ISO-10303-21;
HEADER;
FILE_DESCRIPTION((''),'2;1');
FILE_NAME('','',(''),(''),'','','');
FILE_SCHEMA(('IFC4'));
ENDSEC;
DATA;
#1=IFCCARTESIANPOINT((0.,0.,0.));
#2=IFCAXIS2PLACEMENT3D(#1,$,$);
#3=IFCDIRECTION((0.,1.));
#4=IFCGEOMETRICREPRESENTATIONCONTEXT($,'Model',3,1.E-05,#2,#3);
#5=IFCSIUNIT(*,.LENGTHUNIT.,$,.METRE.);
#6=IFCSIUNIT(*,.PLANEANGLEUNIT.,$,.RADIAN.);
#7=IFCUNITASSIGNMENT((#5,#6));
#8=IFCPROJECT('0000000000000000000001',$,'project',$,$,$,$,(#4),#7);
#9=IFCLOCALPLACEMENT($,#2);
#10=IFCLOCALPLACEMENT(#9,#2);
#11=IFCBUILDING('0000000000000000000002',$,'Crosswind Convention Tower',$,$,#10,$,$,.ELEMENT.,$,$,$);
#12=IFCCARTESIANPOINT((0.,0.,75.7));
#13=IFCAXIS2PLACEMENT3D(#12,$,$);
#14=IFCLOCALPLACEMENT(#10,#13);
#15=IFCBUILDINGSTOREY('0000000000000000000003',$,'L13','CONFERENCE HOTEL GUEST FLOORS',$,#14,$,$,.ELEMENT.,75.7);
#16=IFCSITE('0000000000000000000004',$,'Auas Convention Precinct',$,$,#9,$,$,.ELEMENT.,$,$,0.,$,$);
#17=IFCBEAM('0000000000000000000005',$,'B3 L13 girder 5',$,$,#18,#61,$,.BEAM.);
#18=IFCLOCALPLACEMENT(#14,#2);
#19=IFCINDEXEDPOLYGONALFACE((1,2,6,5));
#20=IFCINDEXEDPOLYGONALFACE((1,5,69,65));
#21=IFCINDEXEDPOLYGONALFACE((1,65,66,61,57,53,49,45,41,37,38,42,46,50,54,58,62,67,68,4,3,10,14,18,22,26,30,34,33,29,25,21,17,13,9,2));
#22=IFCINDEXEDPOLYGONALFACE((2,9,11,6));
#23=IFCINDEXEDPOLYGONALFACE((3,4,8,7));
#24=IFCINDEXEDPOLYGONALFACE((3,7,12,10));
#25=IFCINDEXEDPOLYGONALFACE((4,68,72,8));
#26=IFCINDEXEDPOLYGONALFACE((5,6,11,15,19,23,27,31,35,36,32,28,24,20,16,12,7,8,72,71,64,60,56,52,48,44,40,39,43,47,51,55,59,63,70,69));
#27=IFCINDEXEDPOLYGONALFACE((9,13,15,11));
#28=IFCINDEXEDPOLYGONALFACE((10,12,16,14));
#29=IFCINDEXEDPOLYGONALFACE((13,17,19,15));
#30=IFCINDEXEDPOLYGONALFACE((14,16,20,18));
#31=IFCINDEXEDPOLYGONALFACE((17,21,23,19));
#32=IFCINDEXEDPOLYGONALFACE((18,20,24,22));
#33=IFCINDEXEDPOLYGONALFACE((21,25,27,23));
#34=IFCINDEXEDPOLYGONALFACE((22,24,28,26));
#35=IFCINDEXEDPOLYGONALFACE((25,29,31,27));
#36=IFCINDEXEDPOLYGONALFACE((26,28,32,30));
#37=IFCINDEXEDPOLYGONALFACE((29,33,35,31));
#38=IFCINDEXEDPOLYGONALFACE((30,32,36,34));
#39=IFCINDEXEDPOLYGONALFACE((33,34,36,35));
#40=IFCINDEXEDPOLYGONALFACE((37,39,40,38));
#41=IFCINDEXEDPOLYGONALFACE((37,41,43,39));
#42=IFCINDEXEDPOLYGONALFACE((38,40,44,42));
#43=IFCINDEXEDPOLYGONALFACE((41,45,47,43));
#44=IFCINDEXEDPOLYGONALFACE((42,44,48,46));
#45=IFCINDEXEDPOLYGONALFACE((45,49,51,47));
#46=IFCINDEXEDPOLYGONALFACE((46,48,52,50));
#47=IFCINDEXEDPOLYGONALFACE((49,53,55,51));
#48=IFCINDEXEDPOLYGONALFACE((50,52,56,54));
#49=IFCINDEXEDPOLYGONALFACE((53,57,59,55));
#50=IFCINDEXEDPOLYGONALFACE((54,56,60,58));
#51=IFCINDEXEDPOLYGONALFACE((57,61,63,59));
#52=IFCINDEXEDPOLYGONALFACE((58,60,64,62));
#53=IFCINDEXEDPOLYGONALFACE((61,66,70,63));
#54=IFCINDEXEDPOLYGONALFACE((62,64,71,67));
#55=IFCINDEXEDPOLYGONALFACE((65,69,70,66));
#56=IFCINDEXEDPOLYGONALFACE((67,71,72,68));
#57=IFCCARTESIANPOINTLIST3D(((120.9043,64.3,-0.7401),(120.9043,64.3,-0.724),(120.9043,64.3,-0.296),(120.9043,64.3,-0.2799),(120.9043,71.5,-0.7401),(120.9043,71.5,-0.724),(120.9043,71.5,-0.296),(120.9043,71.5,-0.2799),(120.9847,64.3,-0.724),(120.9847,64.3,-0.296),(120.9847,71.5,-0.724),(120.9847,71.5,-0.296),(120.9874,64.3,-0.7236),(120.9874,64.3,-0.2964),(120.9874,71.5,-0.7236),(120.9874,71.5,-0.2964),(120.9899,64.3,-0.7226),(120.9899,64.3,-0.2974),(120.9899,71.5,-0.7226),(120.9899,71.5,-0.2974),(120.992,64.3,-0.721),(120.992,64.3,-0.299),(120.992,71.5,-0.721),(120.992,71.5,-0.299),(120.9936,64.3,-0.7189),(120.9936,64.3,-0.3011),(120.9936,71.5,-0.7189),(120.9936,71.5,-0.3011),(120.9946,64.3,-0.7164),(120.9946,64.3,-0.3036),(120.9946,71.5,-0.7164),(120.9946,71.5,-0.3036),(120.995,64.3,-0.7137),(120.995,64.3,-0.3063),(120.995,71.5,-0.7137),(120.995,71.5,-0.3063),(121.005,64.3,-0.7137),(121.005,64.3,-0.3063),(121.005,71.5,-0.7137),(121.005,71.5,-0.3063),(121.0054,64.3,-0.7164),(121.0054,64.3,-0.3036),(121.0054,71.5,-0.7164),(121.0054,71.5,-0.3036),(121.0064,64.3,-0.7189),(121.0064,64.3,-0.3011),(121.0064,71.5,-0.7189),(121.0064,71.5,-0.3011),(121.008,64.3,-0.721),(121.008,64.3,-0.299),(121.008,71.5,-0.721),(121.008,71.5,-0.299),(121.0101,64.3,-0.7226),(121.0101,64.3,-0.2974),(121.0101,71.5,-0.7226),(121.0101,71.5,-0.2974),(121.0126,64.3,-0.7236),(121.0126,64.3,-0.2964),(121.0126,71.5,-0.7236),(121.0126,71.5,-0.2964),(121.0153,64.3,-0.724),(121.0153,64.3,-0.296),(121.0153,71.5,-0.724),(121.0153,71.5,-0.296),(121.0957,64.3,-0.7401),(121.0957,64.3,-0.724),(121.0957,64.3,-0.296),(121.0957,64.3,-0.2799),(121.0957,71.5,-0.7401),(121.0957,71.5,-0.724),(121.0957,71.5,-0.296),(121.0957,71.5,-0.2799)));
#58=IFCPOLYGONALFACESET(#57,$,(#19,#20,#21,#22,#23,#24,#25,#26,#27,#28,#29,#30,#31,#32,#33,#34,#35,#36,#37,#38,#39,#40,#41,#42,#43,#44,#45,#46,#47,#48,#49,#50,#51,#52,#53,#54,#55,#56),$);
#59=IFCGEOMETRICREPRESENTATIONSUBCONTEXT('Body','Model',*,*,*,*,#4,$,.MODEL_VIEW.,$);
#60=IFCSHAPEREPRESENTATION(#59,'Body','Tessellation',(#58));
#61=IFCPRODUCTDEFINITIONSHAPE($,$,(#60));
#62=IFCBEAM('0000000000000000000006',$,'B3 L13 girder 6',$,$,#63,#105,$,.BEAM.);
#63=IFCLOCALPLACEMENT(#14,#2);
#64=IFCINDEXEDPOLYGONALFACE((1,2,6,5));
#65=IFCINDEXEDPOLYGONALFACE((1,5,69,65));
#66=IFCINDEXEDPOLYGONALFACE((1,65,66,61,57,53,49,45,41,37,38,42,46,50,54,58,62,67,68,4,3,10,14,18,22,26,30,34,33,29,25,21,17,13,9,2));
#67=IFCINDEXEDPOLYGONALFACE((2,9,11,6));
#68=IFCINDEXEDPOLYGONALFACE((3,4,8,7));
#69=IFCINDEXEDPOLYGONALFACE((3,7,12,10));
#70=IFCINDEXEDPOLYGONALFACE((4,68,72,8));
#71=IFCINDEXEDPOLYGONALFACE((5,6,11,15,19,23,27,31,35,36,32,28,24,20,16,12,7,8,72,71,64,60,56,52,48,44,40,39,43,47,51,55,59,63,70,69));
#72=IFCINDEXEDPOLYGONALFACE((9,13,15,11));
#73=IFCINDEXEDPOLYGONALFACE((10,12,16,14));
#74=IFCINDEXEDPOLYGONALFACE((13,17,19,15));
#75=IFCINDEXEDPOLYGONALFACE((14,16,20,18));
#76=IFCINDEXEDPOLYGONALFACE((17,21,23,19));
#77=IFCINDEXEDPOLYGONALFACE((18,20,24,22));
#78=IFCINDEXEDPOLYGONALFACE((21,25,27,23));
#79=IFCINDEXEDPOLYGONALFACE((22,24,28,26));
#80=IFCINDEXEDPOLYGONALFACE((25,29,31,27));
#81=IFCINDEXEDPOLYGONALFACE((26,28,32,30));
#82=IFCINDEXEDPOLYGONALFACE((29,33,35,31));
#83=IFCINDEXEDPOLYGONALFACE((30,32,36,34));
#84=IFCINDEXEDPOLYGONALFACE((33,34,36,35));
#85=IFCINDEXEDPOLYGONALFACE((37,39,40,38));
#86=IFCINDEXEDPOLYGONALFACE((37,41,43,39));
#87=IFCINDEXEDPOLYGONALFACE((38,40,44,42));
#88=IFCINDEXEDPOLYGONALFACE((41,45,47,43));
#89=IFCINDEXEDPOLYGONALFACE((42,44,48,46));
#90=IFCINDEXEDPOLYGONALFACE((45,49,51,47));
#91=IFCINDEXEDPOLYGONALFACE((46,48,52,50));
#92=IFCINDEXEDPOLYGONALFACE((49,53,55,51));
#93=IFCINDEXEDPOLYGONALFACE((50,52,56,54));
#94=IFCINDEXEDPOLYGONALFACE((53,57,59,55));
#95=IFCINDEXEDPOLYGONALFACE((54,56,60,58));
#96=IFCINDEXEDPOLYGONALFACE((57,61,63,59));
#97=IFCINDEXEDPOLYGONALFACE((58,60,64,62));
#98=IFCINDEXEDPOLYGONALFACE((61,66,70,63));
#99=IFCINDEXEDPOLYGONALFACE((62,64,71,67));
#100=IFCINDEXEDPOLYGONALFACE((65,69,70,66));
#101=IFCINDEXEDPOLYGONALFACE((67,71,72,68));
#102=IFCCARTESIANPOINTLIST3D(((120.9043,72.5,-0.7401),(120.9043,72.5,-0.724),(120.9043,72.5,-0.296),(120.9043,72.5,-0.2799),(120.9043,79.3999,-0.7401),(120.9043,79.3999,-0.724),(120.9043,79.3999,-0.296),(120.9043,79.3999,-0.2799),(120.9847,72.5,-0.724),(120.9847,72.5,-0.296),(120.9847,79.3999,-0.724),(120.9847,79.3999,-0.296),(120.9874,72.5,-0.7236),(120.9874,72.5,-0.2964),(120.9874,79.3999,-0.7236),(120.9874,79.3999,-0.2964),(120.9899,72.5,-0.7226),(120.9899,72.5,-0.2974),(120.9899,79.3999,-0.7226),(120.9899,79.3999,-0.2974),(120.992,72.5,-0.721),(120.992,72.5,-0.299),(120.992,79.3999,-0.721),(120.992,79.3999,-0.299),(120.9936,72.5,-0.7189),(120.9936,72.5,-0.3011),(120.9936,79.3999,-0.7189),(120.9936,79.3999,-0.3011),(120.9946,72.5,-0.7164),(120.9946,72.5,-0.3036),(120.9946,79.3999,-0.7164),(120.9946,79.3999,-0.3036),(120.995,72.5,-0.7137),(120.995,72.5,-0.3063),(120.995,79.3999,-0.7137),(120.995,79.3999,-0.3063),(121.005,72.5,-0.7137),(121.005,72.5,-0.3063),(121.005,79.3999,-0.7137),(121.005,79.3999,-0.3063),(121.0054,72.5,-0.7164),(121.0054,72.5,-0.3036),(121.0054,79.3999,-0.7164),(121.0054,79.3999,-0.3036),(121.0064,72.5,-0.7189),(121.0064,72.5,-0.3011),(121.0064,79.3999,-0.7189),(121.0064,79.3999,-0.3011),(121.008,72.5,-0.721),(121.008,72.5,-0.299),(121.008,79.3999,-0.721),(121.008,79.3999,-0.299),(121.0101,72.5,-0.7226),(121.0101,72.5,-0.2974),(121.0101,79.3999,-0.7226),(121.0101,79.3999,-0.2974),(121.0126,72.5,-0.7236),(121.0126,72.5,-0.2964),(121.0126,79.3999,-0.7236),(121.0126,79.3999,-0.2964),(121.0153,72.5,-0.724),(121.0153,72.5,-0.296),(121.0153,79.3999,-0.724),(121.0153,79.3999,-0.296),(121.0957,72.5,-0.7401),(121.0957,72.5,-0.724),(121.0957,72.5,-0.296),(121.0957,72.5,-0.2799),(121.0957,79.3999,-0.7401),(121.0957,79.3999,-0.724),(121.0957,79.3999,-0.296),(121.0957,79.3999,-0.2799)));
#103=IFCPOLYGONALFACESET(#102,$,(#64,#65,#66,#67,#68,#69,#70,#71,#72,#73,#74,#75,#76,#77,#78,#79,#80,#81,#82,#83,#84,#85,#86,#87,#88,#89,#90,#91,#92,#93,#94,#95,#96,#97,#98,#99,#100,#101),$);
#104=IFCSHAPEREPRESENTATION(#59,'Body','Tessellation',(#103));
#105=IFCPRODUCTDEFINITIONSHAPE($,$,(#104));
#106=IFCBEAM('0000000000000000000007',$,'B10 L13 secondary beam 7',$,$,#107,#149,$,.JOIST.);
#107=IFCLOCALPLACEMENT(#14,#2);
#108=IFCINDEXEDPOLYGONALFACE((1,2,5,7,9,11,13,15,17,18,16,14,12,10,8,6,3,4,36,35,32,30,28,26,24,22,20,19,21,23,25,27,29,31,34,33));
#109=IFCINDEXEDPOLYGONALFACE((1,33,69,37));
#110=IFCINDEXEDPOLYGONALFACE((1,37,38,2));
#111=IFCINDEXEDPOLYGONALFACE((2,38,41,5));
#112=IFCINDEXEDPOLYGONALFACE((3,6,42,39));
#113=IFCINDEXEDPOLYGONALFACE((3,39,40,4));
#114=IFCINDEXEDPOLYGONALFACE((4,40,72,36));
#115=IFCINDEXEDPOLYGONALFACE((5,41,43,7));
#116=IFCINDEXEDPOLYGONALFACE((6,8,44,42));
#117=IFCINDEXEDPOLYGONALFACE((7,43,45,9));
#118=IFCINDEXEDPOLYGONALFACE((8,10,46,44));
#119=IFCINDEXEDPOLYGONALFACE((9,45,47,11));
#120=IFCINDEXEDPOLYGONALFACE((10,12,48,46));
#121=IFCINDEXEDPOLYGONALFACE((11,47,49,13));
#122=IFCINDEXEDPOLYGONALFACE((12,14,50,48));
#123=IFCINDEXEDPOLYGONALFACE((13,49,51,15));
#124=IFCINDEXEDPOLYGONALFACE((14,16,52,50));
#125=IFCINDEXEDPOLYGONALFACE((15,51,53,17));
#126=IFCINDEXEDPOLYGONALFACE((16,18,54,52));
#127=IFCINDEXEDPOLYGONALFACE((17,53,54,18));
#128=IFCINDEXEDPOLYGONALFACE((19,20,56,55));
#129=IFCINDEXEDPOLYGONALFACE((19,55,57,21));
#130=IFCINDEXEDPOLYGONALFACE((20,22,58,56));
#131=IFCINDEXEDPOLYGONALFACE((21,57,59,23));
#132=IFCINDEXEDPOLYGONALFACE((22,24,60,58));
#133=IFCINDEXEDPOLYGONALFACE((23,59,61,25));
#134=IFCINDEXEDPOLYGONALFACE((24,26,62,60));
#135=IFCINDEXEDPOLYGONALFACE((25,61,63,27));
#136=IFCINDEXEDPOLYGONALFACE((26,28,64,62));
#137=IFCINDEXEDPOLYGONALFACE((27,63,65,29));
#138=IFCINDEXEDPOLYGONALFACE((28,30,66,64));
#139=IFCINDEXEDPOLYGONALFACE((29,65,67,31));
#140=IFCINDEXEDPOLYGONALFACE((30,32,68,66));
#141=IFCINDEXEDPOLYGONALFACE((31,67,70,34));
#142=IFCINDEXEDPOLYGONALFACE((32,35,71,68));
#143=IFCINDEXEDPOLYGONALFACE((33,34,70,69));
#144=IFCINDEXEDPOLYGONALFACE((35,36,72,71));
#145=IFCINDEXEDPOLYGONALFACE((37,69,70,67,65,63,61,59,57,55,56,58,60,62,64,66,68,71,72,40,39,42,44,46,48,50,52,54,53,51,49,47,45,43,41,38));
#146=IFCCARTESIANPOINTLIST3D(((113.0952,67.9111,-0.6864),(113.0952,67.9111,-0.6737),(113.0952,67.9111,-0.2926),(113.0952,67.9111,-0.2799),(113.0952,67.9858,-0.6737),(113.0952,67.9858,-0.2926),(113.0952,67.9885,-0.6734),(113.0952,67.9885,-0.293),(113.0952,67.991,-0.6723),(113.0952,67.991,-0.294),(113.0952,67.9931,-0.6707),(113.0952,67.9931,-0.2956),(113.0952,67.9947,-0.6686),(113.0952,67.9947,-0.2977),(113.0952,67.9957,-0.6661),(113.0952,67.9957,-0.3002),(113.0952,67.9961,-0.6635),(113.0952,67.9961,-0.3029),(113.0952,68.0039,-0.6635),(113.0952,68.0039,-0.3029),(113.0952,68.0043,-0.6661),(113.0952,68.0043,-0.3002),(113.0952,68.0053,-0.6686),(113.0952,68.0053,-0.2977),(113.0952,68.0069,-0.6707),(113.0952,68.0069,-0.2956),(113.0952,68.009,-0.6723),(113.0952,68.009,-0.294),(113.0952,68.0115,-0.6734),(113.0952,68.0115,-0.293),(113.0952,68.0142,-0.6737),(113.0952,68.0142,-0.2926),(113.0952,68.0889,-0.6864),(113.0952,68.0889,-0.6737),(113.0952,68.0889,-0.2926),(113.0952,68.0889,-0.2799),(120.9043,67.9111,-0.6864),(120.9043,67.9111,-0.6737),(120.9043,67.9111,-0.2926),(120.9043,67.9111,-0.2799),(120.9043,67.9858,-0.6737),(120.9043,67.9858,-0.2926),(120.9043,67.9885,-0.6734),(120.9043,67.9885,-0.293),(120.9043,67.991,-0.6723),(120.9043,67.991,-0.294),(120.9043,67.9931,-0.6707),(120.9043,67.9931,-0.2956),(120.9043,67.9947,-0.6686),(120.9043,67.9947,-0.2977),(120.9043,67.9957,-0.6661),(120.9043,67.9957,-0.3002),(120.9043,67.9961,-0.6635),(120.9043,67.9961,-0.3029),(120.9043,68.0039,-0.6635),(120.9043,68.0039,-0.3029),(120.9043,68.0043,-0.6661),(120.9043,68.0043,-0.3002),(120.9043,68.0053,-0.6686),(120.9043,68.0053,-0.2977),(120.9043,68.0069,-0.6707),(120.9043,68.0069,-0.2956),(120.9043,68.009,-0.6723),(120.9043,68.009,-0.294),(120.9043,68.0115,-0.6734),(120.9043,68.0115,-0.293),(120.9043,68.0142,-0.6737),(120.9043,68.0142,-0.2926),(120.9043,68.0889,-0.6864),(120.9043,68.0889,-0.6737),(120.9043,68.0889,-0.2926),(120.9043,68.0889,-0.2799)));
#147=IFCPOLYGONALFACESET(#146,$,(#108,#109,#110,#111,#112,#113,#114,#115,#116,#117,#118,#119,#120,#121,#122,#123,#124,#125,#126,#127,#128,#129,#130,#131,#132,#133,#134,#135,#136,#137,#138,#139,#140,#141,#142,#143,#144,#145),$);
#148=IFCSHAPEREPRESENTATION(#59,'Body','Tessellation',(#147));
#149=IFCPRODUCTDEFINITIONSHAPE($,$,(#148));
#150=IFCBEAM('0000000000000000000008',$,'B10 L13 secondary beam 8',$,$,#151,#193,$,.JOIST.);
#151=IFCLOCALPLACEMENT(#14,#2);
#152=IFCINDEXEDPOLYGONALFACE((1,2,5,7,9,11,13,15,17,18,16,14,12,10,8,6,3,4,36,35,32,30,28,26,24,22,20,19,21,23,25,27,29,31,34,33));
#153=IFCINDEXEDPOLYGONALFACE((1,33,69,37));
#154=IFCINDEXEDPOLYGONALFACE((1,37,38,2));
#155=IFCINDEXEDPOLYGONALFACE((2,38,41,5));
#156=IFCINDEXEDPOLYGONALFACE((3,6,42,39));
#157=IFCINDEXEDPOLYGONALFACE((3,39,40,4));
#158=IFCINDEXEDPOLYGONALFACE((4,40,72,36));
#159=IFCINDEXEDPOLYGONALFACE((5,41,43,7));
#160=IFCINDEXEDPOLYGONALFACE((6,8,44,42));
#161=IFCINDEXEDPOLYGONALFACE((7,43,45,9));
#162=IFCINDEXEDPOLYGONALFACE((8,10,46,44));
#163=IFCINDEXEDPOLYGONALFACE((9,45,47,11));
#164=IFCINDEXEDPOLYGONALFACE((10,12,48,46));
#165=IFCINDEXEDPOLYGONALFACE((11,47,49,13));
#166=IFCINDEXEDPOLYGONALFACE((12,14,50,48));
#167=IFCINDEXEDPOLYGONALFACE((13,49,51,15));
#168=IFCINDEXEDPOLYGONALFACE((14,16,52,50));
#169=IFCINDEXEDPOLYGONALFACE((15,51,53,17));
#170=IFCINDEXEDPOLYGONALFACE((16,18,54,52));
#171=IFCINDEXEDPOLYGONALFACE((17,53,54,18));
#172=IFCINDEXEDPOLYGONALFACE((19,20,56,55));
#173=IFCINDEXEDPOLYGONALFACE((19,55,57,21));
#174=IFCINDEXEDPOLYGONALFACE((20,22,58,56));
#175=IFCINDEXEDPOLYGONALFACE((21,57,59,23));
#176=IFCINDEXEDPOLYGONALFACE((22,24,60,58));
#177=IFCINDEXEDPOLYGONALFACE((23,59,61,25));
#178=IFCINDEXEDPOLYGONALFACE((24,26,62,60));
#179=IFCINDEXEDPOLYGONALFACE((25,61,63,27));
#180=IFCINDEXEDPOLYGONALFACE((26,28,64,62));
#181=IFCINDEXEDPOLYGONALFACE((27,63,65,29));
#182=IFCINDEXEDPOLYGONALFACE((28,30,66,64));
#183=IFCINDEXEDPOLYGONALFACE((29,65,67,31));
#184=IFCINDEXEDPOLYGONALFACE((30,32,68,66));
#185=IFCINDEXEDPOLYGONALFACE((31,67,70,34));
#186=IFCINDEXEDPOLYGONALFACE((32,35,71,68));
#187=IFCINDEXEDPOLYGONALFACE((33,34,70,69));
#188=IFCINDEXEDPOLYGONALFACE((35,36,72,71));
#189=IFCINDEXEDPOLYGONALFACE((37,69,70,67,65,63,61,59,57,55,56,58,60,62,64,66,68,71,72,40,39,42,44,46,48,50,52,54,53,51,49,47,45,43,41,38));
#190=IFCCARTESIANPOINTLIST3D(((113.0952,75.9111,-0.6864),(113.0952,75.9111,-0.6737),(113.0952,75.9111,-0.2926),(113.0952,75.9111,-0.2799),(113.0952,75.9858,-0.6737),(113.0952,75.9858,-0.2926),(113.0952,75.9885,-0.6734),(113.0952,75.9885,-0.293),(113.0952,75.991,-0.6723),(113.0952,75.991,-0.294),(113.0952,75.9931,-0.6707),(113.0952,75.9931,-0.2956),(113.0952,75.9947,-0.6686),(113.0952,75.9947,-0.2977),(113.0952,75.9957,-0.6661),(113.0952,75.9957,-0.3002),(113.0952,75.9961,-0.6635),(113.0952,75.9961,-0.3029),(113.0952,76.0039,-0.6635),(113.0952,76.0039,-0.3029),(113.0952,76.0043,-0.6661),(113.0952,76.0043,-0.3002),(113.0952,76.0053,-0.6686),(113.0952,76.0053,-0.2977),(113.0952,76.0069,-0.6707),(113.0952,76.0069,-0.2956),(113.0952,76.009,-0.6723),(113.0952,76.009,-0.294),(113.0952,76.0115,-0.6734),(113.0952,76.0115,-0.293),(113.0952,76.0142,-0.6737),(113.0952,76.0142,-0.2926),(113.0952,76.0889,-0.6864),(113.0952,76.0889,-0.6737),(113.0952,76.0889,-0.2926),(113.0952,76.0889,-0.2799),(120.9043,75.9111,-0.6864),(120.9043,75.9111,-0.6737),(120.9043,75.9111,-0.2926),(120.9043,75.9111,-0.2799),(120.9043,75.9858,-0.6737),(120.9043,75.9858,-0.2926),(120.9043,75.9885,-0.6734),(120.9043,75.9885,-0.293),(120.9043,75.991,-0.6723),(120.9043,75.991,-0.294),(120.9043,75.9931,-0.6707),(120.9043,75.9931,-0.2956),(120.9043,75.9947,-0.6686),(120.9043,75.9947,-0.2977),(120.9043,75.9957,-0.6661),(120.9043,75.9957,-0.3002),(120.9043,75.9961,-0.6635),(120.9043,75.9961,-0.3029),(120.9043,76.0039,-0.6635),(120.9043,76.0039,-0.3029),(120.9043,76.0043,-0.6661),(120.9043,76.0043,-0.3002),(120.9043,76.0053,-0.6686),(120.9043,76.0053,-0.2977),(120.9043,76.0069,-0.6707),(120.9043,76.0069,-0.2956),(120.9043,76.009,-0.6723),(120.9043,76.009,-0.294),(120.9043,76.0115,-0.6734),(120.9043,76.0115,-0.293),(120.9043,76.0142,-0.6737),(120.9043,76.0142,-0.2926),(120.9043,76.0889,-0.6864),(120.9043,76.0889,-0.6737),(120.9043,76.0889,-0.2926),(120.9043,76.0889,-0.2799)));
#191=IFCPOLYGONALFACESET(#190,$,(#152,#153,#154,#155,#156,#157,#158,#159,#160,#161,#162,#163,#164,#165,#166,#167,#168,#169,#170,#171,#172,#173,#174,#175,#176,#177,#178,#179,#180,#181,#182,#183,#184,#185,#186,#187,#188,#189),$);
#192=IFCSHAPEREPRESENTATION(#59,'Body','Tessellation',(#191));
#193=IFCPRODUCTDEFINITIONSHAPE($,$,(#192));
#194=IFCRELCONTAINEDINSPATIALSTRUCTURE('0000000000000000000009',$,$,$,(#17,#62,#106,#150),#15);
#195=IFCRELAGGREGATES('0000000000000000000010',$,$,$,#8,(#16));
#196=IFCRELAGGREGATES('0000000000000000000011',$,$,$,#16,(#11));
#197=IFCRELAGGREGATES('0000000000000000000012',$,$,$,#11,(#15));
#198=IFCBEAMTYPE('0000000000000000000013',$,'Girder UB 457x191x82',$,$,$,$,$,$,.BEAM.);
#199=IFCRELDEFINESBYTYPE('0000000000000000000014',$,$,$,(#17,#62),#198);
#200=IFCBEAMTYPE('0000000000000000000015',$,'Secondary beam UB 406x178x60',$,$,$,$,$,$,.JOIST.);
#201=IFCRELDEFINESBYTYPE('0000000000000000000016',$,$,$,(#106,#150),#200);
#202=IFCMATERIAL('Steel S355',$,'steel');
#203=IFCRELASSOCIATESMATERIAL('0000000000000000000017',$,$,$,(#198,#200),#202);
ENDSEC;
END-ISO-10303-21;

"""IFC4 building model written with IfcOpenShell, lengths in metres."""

from ifc_helpers import new_model, si_unit, direction, frame, origin, origin_2d, place, context, subcontext, project, spatial, i_section, extrude, material, material_profile, profile_set, type_object, element, save


model = new_model("IFC4")

# Units and contexts
model_context = context("Model", 3, precision=1e-05, world=origin(), true_north=direction((0.0, 1.0)))
body_context = subcontext(model_context, "Body", "Model", "MODEL_VIEW")
ifc_project = project(units=[si_unit("LENGTHUNIT", "METRE"), si_unit("PLANEANGLEUNIT", "RADIAN")], contexts=[model_context])

# Site, building, storey
site_placement = place(None, origin())
site = spatial("IfcSite", under=ifc_project, at=site_placement, Name="Auas Convention Precinct", CompositionType="ELEMENT", RefElevation=0.0)
building_placement = place(site_placement, origin())
building = spatial("IfcBuilding", under=site, at=building_placement, Name="Crosswind Convention Tower", CompositionType="ELEMENT")
storey_placement = place(building_placement, frame((0.0, 0.0, 75.7)))
storey = spatial("IfcBuildingStorey", under=building, at=storey_placement, Name="L13", Description="CONFERENCE HOTEL GUEST FLOORS", CompositionType="ELEMENT", Elevation=75.7)

# Beams
ifc_material_1 = material(Name="Steel S355", Category="steel")
ifc_material_profile_1 = material_profile(ifc_material_1, i_section(OverallWidth=0.1914, OverallDepth=0.4602, WebThickness=0.01, FlangeThickness=0.0161, FilletRadius=0.0103, at=origin_2d()), Name="UB 457x191x82")
ifc_profile_set_1 = profile_set([ifc_material_profile_1], Name="Steel S355")
beam_type_1 = type_object("IfcBeamType", Name="Girder UB 457x191x82", PredefinedType="BEAM", material=ifc_profile_set_1)
beam_1_placement = place(storey_placement, frame((121.0, 64.3, -0.51), z_axis=(0.0, 1.0, 0.0), x_axis=(-1.0, 0.0, 0.0)))
element("IfcBeam", 1, at=beam_1_placement, inside=storey, type_object=beam_type_1, Name="B3 L13 girder 5", PredefinedType="BEAM", context=body_context, shape_type="SweptSolid", body=[
    extrude(i_section(OverallWidth=0.1914, OverallDepth=0.4602, WebThickness=0.01, FlangeThickness=0.0161, FilletRadius=0.0103, at=origin_2d()), origin(), (0.0, 0.0, 1.0), 7.2),
])
beam_2_placement = place(storey_placement, frame((121.0, 72.5, -0.51), z_axis=(0.0, 1.0, 0.0), x_axis=(-1.0, 0.0, 0.0)))
element("IfcBeam", 2, at=beam_2_placement, inside=storey, type_object=beam_type_1, Name="B3 L13 girder 6", PredefinedType="BEAM", context=body_context, shape_type="SweptSolid", body=[
    extrude(i_section(OverallWidth=0.1914, OverallDepth=0.4602, WebThickness=0.01, FlangeThickness=0.0161, FilletRadius=0.0103, at=origin_2d()), origin(), (0.0, 0.0, 1.0), 6.8999),
])
ifc_material_profile_2 = material_profile(ifc_material_1, i_section(OverallWidth=0.1777, OverallDepth=0.4065, WebThickness=0.0078, FlangeThickness=0.0127, FilletRadius=0.0103, at=origin_2d()), Name="UB 406x178x60")
ifc_profile_set_2 = profile_set([ifc_material_profile_2], Name="Steel S355")
beam_type_2 = type_object("IfcBeamType", Name="Secondary beam UB 406x178x60", PredefinedType="JOIST", material=ifc_profile_set_2)
for number, where, z_axis, x_axis, name in (
    (3, (113.0952, 68.0, -0.4832), (1.0, 0.0, 0.0), (0.0, 1.0, 0.0), "B10 L13 secondary beam 7"),
    (4, (113.0952, 76.0, -0.4832), (1.0, 0.0, 0.0), (0.0, 1.0, 0.0), "B10 L13 secondary beam 8"),
):
    element("IfcBeam", number, at=place(storey_placement, frame(where, z_axis=z_axis, x_axis=x_axis)), inside=storey, type_object=beam_type_2, Name=name, PredefinedType="JOIST", context=body_context, shape_type="SweptSolid", body=[
        extrude(i_section(OverallWidth=0.1777, OverallDepth=0.4065, WebThickness=0.0078, FlangeThickness=0.0127, FilletRadius=0.0103, at=origin_2d()), origin(), (0.0, 0.0, 1.0), 7.8091),
    ])

save(model, "model.ifc")
